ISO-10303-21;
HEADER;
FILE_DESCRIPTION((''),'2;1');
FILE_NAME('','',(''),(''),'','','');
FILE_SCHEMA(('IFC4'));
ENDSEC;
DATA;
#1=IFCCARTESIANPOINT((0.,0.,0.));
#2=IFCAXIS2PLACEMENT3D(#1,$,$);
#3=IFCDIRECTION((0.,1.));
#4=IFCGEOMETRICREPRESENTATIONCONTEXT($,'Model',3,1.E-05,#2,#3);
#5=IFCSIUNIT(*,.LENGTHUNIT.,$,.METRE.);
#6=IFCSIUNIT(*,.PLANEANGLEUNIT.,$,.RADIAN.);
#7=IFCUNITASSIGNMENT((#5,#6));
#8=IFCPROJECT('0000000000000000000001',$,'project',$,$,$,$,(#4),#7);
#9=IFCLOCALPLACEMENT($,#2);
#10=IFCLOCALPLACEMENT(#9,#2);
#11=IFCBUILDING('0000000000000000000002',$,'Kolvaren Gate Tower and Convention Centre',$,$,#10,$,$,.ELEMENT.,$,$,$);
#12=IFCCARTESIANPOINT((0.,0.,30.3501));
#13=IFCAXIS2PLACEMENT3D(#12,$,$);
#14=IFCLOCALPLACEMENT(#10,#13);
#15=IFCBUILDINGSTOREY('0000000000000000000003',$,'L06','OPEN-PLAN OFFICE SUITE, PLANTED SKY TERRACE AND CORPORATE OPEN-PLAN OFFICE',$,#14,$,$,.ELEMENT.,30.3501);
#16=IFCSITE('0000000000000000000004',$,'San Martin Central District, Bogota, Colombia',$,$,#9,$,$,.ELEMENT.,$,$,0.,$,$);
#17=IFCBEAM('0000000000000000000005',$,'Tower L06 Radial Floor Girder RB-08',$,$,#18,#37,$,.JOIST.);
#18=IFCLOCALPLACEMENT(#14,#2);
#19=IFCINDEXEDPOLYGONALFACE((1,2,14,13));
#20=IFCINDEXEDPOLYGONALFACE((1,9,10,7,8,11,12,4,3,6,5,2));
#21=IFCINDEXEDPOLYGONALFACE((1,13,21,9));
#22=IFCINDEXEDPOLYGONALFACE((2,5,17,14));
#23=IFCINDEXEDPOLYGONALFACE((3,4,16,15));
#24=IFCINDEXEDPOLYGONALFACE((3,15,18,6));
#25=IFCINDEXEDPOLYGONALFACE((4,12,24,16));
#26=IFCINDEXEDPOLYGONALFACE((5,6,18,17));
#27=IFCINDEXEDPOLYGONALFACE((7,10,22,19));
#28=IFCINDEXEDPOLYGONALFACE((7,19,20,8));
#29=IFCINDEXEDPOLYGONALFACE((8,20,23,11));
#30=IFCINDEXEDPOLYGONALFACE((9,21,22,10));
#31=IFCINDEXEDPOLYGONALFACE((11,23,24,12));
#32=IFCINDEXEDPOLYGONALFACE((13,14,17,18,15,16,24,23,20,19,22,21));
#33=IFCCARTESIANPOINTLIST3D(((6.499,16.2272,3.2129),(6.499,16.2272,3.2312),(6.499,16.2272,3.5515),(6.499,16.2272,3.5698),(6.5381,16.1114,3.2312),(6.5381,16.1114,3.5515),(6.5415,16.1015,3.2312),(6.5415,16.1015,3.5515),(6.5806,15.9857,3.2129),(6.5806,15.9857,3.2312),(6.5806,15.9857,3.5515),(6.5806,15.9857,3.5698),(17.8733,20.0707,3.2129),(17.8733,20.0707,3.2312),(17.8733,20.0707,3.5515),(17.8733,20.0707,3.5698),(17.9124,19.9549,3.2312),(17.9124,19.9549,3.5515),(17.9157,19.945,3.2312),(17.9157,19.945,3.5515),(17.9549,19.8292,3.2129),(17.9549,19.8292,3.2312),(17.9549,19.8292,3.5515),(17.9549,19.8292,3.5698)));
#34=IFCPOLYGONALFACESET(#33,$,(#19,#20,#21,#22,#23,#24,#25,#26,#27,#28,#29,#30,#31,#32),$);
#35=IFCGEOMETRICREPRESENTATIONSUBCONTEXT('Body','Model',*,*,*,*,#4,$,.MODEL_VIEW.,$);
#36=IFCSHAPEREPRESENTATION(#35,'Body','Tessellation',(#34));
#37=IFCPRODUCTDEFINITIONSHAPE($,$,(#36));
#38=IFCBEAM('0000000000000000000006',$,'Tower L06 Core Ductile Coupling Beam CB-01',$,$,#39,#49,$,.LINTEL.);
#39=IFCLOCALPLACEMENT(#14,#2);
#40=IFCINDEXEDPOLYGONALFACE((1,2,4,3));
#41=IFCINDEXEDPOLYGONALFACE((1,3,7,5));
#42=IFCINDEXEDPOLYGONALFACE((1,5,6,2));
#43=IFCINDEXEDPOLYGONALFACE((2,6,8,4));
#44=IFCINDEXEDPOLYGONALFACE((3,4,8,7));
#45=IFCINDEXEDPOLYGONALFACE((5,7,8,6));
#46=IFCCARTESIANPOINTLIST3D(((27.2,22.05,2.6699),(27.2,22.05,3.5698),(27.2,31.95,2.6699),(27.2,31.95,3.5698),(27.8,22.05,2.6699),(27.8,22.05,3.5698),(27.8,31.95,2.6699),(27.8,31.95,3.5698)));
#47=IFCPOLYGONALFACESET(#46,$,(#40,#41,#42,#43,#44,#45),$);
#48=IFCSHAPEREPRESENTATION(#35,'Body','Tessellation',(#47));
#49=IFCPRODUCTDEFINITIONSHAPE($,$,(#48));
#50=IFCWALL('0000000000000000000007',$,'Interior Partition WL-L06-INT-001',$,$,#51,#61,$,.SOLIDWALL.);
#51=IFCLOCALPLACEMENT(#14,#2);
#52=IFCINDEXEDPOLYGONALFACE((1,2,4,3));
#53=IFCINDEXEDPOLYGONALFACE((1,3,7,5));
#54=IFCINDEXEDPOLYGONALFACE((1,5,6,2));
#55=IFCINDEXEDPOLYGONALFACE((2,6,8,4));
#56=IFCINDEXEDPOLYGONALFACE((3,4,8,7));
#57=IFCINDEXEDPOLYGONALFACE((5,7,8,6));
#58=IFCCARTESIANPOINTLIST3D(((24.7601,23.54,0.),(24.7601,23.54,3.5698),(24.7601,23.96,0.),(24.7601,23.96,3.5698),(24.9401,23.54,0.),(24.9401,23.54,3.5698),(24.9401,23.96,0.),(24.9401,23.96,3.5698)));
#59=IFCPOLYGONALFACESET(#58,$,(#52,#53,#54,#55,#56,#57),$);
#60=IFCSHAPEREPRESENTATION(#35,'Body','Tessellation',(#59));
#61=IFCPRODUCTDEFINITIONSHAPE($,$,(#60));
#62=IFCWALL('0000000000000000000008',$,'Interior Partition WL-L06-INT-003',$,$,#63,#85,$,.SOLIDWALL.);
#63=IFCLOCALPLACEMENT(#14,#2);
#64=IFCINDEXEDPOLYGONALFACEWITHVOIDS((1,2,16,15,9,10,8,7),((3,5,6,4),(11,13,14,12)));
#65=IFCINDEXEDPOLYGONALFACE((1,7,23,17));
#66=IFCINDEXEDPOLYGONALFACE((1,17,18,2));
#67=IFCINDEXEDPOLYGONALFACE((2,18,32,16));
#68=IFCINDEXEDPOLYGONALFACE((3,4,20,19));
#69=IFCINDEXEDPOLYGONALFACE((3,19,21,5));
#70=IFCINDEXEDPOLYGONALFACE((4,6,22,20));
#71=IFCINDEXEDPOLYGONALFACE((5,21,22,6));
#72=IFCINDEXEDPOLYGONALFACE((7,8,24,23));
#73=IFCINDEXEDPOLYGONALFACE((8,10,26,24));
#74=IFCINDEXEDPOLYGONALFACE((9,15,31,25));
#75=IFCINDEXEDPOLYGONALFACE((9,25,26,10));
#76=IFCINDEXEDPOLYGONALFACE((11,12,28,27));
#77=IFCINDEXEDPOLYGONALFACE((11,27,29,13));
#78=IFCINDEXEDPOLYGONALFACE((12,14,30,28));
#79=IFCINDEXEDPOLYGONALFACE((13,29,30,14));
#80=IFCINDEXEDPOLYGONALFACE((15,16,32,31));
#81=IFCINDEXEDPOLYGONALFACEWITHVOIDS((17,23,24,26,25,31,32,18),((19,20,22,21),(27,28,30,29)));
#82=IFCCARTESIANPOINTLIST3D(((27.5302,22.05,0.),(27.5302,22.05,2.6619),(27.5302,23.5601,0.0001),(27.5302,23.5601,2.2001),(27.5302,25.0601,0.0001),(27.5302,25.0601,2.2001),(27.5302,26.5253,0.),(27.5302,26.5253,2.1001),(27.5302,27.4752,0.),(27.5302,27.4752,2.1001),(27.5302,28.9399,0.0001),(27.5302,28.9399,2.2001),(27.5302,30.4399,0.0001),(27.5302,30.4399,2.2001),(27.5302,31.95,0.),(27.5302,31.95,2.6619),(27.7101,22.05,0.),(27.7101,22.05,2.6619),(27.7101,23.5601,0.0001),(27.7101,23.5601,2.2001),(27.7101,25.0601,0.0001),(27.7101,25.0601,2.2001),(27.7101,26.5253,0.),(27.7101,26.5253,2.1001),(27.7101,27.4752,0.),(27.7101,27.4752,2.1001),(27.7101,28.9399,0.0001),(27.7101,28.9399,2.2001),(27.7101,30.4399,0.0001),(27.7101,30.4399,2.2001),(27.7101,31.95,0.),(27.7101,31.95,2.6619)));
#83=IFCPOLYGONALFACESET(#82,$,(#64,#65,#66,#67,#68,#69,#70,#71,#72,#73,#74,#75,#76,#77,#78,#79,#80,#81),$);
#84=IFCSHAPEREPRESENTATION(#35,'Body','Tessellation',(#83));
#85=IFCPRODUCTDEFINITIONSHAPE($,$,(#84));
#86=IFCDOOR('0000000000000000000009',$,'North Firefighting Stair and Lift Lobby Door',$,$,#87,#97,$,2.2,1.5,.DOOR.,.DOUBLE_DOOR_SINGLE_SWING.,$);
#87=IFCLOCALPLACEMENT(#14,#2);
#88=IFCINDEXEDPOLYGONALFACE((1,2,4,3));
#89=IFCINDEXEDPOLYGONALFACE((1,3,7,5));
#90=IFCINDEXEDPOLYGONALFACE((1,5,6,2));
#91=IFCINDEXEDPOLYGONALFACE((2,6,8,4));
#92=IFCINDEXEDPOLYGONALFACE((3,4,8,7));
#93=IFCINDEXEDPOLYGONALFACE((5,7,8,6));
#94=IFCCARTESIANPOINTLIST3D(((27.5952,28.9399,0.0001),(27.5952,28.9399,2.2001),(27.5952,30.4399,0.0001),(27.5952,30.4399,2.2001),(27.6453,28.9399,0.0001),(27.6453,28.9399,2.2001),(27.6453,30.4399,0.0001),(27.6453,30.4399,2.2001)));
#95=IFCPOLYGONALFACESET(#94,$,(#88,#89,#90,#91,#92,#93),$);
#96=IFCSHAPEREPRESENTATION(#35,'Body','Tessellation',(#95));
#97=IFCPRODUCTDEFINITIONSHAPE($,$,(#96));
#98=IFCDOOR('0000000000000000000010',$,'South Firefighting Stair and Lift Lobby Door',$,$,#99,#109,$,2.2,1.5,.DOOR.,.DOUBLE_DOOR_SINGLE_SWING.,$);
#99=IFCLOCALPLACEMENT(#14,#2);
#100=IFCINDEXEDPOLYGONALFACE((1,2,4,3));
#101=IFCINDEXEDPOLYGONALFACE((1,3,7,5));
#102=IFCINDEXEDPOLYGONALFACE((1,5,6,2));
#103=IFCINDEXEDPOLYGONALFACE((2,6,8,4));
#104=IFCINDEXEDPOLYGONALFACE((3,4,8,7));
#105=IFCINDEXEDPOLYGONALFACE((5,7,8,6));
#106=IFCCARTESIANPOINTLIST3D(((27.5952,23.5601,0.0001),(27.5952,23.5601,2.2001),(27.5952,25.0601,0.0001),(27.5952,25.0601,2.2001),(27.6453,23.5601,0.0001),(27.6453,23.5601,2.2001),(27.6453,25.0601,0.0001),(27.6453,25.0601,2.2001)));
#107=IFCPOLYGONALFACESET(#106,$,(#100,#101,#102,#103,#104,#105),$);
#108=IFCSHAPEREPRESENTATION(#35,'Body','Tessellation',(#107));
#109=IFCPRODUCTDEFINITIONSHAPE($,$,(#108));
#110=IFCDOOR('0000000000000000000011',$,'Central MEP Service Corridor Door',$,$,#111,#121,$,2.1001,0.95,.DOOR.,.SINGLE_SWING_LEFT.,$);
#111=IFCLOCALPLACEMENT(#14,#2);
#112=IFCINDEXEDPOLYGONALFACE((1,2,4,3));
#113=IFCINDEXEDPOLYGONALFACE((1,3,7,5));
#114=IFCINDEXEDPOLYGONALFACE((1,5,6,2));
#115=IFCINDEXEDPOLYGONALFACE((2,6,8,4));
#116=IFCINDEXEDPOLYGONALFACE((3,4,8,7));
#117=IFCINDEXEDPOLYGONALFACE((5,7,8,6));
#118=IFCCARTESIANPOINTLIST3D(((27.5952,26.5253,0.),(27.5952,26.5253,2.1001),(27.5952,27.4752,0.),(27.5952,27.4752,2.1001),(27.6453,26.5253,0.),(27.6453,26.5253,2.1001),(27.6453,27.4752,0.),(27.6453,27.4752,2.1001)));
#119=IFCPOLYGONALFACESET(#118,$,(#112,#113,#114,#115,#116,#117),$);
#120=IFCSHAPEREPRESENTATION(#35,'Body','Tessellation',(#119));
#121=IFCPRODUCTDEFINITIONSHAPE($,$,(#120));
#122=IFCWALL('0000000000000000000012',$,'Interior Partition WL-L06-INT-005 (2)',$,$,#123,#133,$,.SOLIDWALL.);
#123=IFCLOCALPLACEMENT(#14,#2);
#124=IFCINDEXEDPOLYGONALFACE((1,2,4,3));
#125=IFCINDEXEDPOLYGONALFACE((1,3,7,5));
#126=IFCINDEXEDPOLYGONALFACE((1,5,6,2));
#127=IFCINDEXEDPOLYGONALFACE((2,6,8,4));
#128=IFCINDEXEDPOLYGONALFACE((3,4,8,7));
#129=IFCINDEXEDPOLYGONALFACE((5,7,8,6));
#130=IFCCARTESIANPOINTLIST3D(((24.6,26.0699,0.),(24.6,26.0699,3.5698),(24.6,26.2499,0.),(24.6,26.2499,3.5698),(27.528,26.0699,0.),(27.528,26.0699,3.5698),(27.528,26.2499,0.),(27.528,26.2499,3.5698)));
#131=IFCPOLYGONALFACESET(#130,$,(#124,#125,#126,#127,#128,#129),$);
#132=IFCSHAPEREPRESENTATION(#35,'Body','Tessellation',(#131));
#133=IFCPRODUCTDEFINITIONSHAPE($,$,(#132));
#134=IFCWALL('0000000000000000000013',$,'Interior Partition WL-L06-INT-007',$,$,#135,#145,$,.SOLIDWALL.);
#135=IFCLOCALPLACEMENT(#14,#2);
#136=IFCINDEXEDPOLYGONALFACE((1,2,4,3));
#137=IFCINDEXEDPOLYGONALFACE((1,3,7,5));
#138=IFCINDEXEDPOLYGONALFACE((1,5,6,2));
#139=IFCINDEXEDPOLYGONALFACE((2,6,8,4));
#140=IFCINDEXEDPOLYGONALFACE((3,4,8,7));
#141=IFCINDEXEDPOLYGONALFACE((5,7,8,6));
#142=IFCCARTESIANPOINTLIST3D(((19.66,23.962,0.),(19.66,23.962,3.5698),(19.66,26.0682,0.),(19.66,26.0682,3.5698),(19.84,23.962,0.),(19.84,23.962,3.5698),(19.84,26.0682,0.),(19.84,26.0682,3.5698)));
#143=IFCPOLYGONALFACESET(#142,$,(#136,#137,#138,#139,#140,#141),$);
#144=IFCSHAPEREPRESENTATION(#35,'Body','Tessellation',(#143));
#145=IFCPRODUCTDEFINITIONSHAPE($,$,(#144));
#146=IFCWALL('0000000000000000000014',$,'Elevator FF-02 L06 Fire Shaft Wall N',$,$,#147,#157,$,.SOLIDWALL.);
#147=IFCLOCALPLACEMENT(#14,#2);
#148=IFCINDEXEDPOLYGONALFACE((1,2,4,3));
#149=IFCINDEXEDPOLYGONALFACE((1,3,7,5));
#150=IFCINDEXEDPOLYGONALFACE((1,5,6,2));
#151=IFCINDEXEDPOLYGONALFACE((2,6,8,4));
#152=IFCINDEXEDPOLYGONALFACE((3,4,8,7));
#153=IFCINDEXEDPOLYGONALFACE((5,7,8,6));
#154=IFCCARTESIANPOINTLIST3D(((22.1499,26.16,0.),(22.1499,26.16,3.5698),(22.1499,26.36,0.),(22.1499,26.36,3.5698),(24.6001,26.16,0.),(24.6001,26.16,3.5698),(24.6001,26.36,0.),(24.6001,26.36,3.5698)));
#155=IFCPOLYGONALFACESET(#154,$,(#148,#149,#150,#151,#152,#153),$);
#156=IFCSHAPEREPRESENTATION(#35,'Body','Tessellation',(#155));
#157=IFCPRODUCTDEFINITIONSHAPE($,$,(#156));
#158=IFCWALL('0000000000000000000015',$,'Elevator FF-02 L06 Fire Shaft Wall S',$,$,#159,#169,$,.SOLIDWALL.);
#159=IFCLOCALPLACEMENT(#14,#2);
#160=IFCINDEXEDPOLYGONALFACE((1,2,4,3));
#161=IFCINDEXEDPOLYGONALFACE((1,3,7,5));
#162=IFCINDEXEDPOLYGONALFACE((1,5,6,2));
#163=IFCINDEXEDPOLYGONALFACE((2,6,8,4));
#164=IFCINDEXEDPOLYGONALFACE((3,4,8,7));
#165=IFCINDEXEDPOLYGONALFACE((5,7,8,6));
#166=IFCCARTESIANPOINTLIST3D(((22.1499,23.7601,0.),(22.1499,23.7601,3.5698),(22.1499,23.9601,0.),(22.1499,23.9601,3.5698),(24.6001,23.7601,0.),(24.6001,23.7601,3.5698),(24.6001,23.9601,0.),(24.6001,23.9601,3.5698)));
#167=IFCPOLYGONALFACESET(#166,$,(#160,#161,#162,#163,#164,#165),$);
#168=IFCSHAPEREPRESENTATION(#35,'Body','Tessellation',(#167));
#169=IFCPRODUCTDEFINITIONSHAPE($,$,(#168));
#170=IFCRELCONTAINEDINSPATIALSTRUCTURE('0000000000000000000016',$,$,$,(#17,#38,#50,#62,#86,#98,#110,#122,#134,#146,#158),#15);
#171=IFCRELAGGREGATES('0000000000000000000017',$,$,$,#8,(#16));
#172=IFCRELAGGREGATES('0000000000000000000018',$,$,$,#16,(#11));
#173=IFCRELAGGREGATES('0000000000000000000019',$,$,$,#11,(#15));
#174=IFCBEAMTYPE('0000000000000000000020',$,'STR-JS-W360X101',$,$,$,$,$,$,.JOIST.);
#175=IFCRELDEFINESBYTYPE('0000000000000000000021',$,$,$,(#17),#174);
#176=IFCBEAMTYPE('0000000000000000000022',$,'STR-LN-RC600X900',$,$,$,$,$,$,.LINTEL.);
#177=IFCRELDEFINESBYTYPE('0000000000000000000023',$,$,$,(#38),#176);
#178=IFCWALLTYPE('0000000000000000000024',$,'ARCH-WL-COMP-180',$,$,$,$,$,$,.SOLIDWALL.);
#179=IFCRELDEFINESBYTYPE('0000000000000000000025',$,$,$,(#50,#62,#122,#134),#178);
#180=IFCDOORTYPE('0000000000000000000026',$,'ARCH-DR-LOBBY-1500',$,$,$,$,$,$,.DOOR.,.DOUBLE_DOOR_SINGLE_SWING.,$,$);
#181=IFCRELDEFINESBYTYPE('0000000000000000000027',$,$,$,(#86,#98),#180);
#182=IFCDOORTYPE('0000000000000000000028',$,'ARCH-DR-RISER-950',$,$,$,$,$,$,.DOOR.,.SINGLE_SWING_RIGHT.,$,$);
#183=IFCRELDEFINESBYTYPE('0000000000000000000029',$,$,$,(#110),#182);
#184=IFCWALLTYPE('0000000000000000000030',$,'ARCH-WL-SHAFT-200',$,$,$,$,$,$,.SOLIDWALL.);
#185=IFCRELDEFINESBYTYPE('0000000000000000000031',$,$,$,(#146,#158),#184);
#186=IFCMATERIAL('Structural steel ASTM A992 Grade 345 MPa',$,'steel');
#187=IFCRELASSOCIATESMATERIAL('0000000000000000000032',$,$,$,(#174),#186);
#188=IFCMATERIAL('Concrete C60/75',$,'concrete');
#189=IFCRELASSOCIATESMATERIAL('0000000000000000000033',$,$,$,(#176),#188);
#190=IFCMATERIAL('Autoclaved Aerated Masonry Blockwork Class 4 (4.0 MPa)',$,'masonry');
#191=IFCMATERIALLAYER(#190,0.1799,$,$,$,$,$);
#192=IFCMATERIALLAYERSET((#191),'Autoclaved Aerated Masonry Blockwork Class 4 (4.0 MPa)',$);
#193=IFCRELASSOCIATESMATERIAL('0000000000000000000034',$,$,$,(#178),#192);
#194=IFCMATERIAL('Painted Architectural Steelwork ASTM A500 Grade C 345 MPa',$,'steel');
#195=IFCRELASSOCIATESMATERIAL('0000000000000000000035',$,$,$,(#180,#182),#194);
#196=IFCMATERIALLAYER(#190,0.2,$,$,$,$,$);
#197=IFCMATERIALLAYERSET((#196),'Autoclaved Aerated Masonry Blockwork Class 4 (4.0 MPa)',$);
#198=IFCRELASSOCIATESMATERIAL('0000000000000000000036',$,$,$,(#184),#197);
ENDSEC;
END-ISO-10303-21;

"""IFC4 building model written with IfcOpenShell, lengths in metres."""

from ifc_helpers import new_model, si_unit, direction, frame, frame_2d, origin, origin_2d, place, context, subcontext, project, spatial, rectangle, i_section, extrude, material, layer, layer_set, material_profile, profile_set, type_object, element, fill, save


model = new_model("IFC4")

# Units and contexts
model_context = context("Model", 3, precision=1e-05, world=origin(), true_north=direction((0.0, 1.0)))
body_context = subcontext(model_context, "Body", "Model", "MODEL_VIEW")
ifc_project = project(units=[si_unit("LENGTHUNIT", "METRE"), si_unit("PLANEANGLEUNIT", "RADIAN")], contexts=[model_context])

# Site, building, storey
site_placement = place(None, origin())
site = spatial("IfcSite", under=ifc_project, at=site_placement, Name="San Martin Central District, Bogota, Colombia", CompositionType="ELEMENT", RefElevation=0.0)
building_placement = place(site_placement, origin())
building = spatial("IfcBuilding", under=site, at=building_placement, Name="Kolvaren Gate Tower and Convention Centre", CompositionType="ELEMENT")
storey_placement = place(building_placement, frame((0.0, 0.0, 30.3501)))
storey = spatial("IfcBuildingStorey", under=building, at=storey_placement, Name="L06", Description="OPEN-PLAN OFFICE SUITE, PLANTED SKY TERRACE AND CORPORATE OPEN-PLAN OFFICE", CompositionType="ELEMENT", Elevation=30.3501)

# Beams
ifc_material_1 = material(Name="Structural steel ASTM A992 Grade 345 MPa", Category="steel")
ifc_material_profile_1 = material_profile(ifc_material_1, i_section(OverallWidth=0.2549, OverallDepth=0.3569, WebThickness=0.0105, FlangeThickness=0.0183, at=origin_2d()), Name="W360X101")
ifc_profile_set_1 = profile_set([ifc_material_profile_1], Name="Structural steel ASTM A992 Grade 345 MPa")
beam_type_1 = type_object("IfcBeamType", Name="STR-JS-W360X101", PredefinedType="JOIST", material=ifc_profile_set_1)
beam_1_placement = place(storey_placement, frame((17.9141, 19.95, 3.3914), z_axis=(-0.947374, -0.320129, 0.0), x_axis=(0.320129, -0.947374, 0.0)))
element("IfcBeam", 1, at=beam_1_placement, inside=storey, type_object=beam_type_1, Name="Tower L06 Radial Floor Girder RB-08", PredefinedType="JOIST", context=body_context, shape_type="SweptSolid", body=[
    extrude(i_section(OverallWidth=0.2549, OverallDepth=0.3569, WebThickness=0.0105, FlangeThickness=0.0183, at=origin_2d()), origin(), (0.0, 0.0, 1.0), 12.0061),
])
ifc_material_2 = material(Name="Concrete C60/75", Category="concrete")
ifc_material_profile_2 = material_profile(ifc_material_2, rectangle(XDim=0.6001, YDim=0.8999, at=origin_2d()), Name="RC-BM-600X900")
ifc_profile_set_2 = profile_set([ifc_material_profile_2], Name="Concrete C60/75")
beam_type_2 = type_object("IfcBeamType", Name="STR-LN-RC600X900", PredefinedType="LINTEL", material=ifc_profile_set_2)
beam_2_placement = place(storey_placement, frame((27.5, 22.05, 3.1199), z_axis=(0.0, 1.0, 0.0), x_axis=(-1.0, 0.0, 0.0)))
element("IfcBeam", 2, at=beam_2_placement, inside=storey, type_object=beam_type_2, Name="Tower L06 Core Ductile Coupling Beam CB-01", PredefinedType="LINTEL", context=body_context, shape_type="SweptSolid", body=[
    extrude(rectangle(XDim=0.6001, YDim=0.8999, at=origin_2d()), origin(), (0.0, 0.0, 1.0), 9.8999),
])

# Wall
ifc_material_3 = material(Name="Autoclaved Aerated Masonry Blockwork Class 4 (4.0 MPa)", Category="masonry")
ifc_layer_1 = layer(ifc_material_3, 0.1799)
ifc_layer_set_1 = layer_set([ifc_layer_1], Name="Autoclaved Aerated Masonry Blockwork Class 4 (4.0 MPa)")
wall_type_1 = type_object("IfcWallType", Name="ARCH-WL-COMP-180", PredefinedType="SOLIDWALL", material=ifc_layer_set_1)
wall_1_placement = place(storey_placement, frame((24.8501, 23.54, 0.0), z_axis=(0.0, 0.0, 1.0), x_axis=(0.0, 1.0, 0.0)))
element("IfcWall", 3, at=wall_1_placement, inside=storey, type_object=wall_type_1, Name="Interior Partition WL-L06-INT-001", PredefinedType="SOLIDWALL", context=body_context, shape_type="SweptSolid", body=[
    extrude(rectangle(XDim=0.4199, YDim=0.1799, at=frame_2d((0.21, 0.0))), origin(), (0.0, 0.0, 1.0), 3.5698),
])

# Wall, openings, doors
wall_2_placement = place(storey_placement, frame((27.6201, 22.05, 0.0), z_axis=(0.0, 0.0, 1.0), x_axis=(0.0, 1.0, 0.0)))
wall_2 = element("IfcWall", 4, at=wall_2_placement, inside=storey, type_object=wall_type_1, Name="Interior Partition WL-L06-INT-003", PredefinedType="SOLIDWALL", context=body_context, shape_type="SweptSolid", body=[
    extrude(rectangle(XDim=9.8999, YDim=0.1799, at=frame_2d((4.95, 0.0))), origin(), (0.0, 0.0, 1.0), 2.6619),
])
opening_1_placement = place(wall_2_placement, frame((4.4751, 0.0, 0.0)))
opening_1 = element("IfcOpeningElement", 5, at=opening_1_placement, cuts=wall_2, PredefinedType="OPENING", context=body_context, shape_type="SweptSolid", body=[
    extrude(rectangle(XDim=0.95, YDim=2.1001, at=frame_2d((0.4751, 1.05))), frame((0.0, 0.0999, 0.0), z_axis=(0.0, -1.0, 0.0), x_axis=(1.0, 0.0, 0.0)), (0.0, 0.0, 1.0), 0.2),
])
opening_2_placement = place(wall_2_placement, frame((6.8899, 0.0, 0.0)))
opening_2 = element("IfcOpeningElement", 6, at=opening_2_placement, cuts=wall_2, PredefinedType="OPENING", context=body_context, shape_type="SweptSolid", body=[
    extrude(rectangle(XDim=1.5, YDim=2.2, at=frame_2d((0.75, 1.1001))), frame((0.0, 0.0999, 0.0), z_axis=(0.0, -1.0, 0.0), x_axis=(1.0, 0.0, 0.0)), (0.0, 0.0, 1.0), 0.2),
])
opening_3_placement = place(wall_2_placement, frame((1.51, 0.0, 0.0)))
opening_3 = element("IfcOpeningElement", 7, at=opening_3_placement, cuts=wall_2, PredefinedType="OPENING", context=body_context, shape_type="SweptSolid", body=[
    extrude(rectangle(XDim=1.5, YDim=2.2, at=frame_2d((0.75, 1.1001))), frame((0.0, 0.0999, 0.0), z_axis=(0.0, -1.0, 0.0), x_axis=(1.0, 0.0, 0.0)), (0.0, 0.0, 1.0), 0.2),
])
ifc_material_4 = material(Name="Painted Architectural Steelwork ASTM A500 Grade C 345 MPa", Category="steel")
door_type_1 = type_object("IfcDoorType", Name="ARCH-DR-LOBBY-1500", OperationType="DOUBLE_DOOR_SINGLE_SWING", PredefinedType="DOOR", material=ifc_material_4)
door_1_placement = place(opening_2_placement, origin())
door_1 = element("IfcDoor", 8, at=door_1_placement, inside=storey, type_object=door_type_1, Name="North Firefighting Stair and Lift Lobby Door", OperationType="DOUBLE_DOOR_SINGLE_SWING", OverallHeight=2.2, OverallWidth=1.5, PredefinedType="DOOR", context=body_context, shape_type="SweptSolid", body=[
    extrude(rectangle(XDim=1.5, YDim=2.2, at=frame_2d((0.75, 1.1001))), frame((0.0, 0.0249, 0.0), z_axis=(0.0, -1.0, 0.0), x_axis=(1.0, 0.0, 0.0)), (0.0, 0.0, 1.0), 0.05),
])
fill(opening_2, door_1)
door_2_placement = place(opening_3_placement, origin())
door_2 = element("IfcDoor", 9, at=door_2_placement, inside=storey, type_object=door_type_1, Name="South Firefighting Stair and Lift Lobby Door", OperationType="DOUBLE_DOOR_SINGLE_SWING", OverallHeight=2.2, OverallWidth=1.5, PredefinedType="DOOR", context=body_context, shape_type="SweptSolid", body=[
    extrude(rectangle(XDim=1.5, YDim=2.2, at=frame_2d((0.75, 1.1001))), frame((0.0, 0.0249, 0.0), z_axis=(0.0, -1.0, 0.0), x_axis=(1.0, 0.0, 0.0)), (0.0, 0.0, 1.0), 0.05),
])
fill(opening_3, door_2)
door_type_2 = type_object("IfcDoorType", Name="ARCH-DR-RISER-950", OperationType="SINGLE_SWING_RIGHT", PredefinedType="DOOR", material=ifc_material_4)
door_3_placement = place(opening_1_placement, origin())
door_3 = element("IfcDoor", 10, at=door_3_placement, inside=storey, type_object=door_type_2, Name="Central MEP Service Corridor Door", OperationType="SINGLE_SWING_LEFT", OverallHeight=2.1001, OverallWidth=0.95, PredefinedType="DOOR", context=body_context, shape_type="SweptSolid", body=[
    extrude(rectangle(XDim=0.95, YDim=2.1001, at=frame_2d((0.4751, 1.05))), frame((0.0, 0.0249, 0.0), z_axis=(0.0, -1.0, 0.0), x_axis=(1.0, 0.0, 0.0)), (0.0, 0.0, 1.0), 0.05),
])
fill(opening_1, door_3)

# Walls
wall_3_placement = place(storey_placement, frame((24.6001, 26.1599, 0.0), z_axis=(0.0, 0.0, 1.0), x_axis=(1.0, 0.0, 0.0)))
element("IfcWall", 11, at=wall_3_placement, inside=storey, type_object=wall_type_1, Name="Interior Partition WL-L06-INT-005 (2)", PredefinedType="SOLIDWALL", context=body_context, shape_type="SweptSolid", body=[
    extrude(rectangle(XDim=2.928, YDim=0.1799, at=frame_2d((1.4639, 0.0))), origin(), (0.0, 0.0, 1.0), 3.5698),
])
wall_4_placement = place(storey_placement, frame((19.75, 23.9619, 0.0), z_axis=(0.0, 0.0, 1.0), x_axis=(0.0, 1.0, 0.0)))
element("IfcWall", 12, at=wall_4_placement, inside=storey, type_object=wall_type_1, Name="Interior Partition WL-L06-INT-007", PredefinedType="SOLIDWALL", context=body_context, shape_type="SweptSolid", body=[
    extrude(rectangle(XDim=2.1062, YDim=0.1799, at=frame_2d((1.0532, 0.0))), origin(), (0.0, 0.0, 1.0), 3.5698),
])
ifc_layer_2 = layer(ifc_material_3, 0.2)
ifc_layer_set_2 = layer_set([ifc_layer_2], Name="Autoclaved Aerated Masonry Blockwork Class 4 (4.0 MPa)")
wall_type_2 = type_object("IfcWallType", Name="ARCH-WL-SHAFT-200", PredefinedType="SOLIDWALL", material=ifc_layer_set_2)
for number, where, z_axis, x_axis, name in (
    (13, (22.1499, 26.26, 0.0), (0.0, 0.0, 1.0), (1.0, 0.0, 0.0), "Elevator FF-02 L06 Fire Shaft Wall N"),
    (14, (22.1499, 23.8601, 0.0), (0.0, 0.0, 1.0), (1.0, 0.0, 0.0), "Elevator FF-02 L06 Fire Shaft Wall S"),
):
    element("IfcWall", number, at=place(storey_placement, frame(where, z_axis=z_axis, x_axis=x_axis)), inside=storey, type_object=wall_type_2, Name=name, PredefinedType="SOLIDWALL", context=body_context, shape_type="SweptSolid", body=[
        extrude(rectangle(XDim=2.4502, YDim=0.2, at=frame_2d((1.2251, 0.0))), origin(), (0.0, 0.0, 1.0), 3.5698),
    ])

save(model, "model.ifc")
